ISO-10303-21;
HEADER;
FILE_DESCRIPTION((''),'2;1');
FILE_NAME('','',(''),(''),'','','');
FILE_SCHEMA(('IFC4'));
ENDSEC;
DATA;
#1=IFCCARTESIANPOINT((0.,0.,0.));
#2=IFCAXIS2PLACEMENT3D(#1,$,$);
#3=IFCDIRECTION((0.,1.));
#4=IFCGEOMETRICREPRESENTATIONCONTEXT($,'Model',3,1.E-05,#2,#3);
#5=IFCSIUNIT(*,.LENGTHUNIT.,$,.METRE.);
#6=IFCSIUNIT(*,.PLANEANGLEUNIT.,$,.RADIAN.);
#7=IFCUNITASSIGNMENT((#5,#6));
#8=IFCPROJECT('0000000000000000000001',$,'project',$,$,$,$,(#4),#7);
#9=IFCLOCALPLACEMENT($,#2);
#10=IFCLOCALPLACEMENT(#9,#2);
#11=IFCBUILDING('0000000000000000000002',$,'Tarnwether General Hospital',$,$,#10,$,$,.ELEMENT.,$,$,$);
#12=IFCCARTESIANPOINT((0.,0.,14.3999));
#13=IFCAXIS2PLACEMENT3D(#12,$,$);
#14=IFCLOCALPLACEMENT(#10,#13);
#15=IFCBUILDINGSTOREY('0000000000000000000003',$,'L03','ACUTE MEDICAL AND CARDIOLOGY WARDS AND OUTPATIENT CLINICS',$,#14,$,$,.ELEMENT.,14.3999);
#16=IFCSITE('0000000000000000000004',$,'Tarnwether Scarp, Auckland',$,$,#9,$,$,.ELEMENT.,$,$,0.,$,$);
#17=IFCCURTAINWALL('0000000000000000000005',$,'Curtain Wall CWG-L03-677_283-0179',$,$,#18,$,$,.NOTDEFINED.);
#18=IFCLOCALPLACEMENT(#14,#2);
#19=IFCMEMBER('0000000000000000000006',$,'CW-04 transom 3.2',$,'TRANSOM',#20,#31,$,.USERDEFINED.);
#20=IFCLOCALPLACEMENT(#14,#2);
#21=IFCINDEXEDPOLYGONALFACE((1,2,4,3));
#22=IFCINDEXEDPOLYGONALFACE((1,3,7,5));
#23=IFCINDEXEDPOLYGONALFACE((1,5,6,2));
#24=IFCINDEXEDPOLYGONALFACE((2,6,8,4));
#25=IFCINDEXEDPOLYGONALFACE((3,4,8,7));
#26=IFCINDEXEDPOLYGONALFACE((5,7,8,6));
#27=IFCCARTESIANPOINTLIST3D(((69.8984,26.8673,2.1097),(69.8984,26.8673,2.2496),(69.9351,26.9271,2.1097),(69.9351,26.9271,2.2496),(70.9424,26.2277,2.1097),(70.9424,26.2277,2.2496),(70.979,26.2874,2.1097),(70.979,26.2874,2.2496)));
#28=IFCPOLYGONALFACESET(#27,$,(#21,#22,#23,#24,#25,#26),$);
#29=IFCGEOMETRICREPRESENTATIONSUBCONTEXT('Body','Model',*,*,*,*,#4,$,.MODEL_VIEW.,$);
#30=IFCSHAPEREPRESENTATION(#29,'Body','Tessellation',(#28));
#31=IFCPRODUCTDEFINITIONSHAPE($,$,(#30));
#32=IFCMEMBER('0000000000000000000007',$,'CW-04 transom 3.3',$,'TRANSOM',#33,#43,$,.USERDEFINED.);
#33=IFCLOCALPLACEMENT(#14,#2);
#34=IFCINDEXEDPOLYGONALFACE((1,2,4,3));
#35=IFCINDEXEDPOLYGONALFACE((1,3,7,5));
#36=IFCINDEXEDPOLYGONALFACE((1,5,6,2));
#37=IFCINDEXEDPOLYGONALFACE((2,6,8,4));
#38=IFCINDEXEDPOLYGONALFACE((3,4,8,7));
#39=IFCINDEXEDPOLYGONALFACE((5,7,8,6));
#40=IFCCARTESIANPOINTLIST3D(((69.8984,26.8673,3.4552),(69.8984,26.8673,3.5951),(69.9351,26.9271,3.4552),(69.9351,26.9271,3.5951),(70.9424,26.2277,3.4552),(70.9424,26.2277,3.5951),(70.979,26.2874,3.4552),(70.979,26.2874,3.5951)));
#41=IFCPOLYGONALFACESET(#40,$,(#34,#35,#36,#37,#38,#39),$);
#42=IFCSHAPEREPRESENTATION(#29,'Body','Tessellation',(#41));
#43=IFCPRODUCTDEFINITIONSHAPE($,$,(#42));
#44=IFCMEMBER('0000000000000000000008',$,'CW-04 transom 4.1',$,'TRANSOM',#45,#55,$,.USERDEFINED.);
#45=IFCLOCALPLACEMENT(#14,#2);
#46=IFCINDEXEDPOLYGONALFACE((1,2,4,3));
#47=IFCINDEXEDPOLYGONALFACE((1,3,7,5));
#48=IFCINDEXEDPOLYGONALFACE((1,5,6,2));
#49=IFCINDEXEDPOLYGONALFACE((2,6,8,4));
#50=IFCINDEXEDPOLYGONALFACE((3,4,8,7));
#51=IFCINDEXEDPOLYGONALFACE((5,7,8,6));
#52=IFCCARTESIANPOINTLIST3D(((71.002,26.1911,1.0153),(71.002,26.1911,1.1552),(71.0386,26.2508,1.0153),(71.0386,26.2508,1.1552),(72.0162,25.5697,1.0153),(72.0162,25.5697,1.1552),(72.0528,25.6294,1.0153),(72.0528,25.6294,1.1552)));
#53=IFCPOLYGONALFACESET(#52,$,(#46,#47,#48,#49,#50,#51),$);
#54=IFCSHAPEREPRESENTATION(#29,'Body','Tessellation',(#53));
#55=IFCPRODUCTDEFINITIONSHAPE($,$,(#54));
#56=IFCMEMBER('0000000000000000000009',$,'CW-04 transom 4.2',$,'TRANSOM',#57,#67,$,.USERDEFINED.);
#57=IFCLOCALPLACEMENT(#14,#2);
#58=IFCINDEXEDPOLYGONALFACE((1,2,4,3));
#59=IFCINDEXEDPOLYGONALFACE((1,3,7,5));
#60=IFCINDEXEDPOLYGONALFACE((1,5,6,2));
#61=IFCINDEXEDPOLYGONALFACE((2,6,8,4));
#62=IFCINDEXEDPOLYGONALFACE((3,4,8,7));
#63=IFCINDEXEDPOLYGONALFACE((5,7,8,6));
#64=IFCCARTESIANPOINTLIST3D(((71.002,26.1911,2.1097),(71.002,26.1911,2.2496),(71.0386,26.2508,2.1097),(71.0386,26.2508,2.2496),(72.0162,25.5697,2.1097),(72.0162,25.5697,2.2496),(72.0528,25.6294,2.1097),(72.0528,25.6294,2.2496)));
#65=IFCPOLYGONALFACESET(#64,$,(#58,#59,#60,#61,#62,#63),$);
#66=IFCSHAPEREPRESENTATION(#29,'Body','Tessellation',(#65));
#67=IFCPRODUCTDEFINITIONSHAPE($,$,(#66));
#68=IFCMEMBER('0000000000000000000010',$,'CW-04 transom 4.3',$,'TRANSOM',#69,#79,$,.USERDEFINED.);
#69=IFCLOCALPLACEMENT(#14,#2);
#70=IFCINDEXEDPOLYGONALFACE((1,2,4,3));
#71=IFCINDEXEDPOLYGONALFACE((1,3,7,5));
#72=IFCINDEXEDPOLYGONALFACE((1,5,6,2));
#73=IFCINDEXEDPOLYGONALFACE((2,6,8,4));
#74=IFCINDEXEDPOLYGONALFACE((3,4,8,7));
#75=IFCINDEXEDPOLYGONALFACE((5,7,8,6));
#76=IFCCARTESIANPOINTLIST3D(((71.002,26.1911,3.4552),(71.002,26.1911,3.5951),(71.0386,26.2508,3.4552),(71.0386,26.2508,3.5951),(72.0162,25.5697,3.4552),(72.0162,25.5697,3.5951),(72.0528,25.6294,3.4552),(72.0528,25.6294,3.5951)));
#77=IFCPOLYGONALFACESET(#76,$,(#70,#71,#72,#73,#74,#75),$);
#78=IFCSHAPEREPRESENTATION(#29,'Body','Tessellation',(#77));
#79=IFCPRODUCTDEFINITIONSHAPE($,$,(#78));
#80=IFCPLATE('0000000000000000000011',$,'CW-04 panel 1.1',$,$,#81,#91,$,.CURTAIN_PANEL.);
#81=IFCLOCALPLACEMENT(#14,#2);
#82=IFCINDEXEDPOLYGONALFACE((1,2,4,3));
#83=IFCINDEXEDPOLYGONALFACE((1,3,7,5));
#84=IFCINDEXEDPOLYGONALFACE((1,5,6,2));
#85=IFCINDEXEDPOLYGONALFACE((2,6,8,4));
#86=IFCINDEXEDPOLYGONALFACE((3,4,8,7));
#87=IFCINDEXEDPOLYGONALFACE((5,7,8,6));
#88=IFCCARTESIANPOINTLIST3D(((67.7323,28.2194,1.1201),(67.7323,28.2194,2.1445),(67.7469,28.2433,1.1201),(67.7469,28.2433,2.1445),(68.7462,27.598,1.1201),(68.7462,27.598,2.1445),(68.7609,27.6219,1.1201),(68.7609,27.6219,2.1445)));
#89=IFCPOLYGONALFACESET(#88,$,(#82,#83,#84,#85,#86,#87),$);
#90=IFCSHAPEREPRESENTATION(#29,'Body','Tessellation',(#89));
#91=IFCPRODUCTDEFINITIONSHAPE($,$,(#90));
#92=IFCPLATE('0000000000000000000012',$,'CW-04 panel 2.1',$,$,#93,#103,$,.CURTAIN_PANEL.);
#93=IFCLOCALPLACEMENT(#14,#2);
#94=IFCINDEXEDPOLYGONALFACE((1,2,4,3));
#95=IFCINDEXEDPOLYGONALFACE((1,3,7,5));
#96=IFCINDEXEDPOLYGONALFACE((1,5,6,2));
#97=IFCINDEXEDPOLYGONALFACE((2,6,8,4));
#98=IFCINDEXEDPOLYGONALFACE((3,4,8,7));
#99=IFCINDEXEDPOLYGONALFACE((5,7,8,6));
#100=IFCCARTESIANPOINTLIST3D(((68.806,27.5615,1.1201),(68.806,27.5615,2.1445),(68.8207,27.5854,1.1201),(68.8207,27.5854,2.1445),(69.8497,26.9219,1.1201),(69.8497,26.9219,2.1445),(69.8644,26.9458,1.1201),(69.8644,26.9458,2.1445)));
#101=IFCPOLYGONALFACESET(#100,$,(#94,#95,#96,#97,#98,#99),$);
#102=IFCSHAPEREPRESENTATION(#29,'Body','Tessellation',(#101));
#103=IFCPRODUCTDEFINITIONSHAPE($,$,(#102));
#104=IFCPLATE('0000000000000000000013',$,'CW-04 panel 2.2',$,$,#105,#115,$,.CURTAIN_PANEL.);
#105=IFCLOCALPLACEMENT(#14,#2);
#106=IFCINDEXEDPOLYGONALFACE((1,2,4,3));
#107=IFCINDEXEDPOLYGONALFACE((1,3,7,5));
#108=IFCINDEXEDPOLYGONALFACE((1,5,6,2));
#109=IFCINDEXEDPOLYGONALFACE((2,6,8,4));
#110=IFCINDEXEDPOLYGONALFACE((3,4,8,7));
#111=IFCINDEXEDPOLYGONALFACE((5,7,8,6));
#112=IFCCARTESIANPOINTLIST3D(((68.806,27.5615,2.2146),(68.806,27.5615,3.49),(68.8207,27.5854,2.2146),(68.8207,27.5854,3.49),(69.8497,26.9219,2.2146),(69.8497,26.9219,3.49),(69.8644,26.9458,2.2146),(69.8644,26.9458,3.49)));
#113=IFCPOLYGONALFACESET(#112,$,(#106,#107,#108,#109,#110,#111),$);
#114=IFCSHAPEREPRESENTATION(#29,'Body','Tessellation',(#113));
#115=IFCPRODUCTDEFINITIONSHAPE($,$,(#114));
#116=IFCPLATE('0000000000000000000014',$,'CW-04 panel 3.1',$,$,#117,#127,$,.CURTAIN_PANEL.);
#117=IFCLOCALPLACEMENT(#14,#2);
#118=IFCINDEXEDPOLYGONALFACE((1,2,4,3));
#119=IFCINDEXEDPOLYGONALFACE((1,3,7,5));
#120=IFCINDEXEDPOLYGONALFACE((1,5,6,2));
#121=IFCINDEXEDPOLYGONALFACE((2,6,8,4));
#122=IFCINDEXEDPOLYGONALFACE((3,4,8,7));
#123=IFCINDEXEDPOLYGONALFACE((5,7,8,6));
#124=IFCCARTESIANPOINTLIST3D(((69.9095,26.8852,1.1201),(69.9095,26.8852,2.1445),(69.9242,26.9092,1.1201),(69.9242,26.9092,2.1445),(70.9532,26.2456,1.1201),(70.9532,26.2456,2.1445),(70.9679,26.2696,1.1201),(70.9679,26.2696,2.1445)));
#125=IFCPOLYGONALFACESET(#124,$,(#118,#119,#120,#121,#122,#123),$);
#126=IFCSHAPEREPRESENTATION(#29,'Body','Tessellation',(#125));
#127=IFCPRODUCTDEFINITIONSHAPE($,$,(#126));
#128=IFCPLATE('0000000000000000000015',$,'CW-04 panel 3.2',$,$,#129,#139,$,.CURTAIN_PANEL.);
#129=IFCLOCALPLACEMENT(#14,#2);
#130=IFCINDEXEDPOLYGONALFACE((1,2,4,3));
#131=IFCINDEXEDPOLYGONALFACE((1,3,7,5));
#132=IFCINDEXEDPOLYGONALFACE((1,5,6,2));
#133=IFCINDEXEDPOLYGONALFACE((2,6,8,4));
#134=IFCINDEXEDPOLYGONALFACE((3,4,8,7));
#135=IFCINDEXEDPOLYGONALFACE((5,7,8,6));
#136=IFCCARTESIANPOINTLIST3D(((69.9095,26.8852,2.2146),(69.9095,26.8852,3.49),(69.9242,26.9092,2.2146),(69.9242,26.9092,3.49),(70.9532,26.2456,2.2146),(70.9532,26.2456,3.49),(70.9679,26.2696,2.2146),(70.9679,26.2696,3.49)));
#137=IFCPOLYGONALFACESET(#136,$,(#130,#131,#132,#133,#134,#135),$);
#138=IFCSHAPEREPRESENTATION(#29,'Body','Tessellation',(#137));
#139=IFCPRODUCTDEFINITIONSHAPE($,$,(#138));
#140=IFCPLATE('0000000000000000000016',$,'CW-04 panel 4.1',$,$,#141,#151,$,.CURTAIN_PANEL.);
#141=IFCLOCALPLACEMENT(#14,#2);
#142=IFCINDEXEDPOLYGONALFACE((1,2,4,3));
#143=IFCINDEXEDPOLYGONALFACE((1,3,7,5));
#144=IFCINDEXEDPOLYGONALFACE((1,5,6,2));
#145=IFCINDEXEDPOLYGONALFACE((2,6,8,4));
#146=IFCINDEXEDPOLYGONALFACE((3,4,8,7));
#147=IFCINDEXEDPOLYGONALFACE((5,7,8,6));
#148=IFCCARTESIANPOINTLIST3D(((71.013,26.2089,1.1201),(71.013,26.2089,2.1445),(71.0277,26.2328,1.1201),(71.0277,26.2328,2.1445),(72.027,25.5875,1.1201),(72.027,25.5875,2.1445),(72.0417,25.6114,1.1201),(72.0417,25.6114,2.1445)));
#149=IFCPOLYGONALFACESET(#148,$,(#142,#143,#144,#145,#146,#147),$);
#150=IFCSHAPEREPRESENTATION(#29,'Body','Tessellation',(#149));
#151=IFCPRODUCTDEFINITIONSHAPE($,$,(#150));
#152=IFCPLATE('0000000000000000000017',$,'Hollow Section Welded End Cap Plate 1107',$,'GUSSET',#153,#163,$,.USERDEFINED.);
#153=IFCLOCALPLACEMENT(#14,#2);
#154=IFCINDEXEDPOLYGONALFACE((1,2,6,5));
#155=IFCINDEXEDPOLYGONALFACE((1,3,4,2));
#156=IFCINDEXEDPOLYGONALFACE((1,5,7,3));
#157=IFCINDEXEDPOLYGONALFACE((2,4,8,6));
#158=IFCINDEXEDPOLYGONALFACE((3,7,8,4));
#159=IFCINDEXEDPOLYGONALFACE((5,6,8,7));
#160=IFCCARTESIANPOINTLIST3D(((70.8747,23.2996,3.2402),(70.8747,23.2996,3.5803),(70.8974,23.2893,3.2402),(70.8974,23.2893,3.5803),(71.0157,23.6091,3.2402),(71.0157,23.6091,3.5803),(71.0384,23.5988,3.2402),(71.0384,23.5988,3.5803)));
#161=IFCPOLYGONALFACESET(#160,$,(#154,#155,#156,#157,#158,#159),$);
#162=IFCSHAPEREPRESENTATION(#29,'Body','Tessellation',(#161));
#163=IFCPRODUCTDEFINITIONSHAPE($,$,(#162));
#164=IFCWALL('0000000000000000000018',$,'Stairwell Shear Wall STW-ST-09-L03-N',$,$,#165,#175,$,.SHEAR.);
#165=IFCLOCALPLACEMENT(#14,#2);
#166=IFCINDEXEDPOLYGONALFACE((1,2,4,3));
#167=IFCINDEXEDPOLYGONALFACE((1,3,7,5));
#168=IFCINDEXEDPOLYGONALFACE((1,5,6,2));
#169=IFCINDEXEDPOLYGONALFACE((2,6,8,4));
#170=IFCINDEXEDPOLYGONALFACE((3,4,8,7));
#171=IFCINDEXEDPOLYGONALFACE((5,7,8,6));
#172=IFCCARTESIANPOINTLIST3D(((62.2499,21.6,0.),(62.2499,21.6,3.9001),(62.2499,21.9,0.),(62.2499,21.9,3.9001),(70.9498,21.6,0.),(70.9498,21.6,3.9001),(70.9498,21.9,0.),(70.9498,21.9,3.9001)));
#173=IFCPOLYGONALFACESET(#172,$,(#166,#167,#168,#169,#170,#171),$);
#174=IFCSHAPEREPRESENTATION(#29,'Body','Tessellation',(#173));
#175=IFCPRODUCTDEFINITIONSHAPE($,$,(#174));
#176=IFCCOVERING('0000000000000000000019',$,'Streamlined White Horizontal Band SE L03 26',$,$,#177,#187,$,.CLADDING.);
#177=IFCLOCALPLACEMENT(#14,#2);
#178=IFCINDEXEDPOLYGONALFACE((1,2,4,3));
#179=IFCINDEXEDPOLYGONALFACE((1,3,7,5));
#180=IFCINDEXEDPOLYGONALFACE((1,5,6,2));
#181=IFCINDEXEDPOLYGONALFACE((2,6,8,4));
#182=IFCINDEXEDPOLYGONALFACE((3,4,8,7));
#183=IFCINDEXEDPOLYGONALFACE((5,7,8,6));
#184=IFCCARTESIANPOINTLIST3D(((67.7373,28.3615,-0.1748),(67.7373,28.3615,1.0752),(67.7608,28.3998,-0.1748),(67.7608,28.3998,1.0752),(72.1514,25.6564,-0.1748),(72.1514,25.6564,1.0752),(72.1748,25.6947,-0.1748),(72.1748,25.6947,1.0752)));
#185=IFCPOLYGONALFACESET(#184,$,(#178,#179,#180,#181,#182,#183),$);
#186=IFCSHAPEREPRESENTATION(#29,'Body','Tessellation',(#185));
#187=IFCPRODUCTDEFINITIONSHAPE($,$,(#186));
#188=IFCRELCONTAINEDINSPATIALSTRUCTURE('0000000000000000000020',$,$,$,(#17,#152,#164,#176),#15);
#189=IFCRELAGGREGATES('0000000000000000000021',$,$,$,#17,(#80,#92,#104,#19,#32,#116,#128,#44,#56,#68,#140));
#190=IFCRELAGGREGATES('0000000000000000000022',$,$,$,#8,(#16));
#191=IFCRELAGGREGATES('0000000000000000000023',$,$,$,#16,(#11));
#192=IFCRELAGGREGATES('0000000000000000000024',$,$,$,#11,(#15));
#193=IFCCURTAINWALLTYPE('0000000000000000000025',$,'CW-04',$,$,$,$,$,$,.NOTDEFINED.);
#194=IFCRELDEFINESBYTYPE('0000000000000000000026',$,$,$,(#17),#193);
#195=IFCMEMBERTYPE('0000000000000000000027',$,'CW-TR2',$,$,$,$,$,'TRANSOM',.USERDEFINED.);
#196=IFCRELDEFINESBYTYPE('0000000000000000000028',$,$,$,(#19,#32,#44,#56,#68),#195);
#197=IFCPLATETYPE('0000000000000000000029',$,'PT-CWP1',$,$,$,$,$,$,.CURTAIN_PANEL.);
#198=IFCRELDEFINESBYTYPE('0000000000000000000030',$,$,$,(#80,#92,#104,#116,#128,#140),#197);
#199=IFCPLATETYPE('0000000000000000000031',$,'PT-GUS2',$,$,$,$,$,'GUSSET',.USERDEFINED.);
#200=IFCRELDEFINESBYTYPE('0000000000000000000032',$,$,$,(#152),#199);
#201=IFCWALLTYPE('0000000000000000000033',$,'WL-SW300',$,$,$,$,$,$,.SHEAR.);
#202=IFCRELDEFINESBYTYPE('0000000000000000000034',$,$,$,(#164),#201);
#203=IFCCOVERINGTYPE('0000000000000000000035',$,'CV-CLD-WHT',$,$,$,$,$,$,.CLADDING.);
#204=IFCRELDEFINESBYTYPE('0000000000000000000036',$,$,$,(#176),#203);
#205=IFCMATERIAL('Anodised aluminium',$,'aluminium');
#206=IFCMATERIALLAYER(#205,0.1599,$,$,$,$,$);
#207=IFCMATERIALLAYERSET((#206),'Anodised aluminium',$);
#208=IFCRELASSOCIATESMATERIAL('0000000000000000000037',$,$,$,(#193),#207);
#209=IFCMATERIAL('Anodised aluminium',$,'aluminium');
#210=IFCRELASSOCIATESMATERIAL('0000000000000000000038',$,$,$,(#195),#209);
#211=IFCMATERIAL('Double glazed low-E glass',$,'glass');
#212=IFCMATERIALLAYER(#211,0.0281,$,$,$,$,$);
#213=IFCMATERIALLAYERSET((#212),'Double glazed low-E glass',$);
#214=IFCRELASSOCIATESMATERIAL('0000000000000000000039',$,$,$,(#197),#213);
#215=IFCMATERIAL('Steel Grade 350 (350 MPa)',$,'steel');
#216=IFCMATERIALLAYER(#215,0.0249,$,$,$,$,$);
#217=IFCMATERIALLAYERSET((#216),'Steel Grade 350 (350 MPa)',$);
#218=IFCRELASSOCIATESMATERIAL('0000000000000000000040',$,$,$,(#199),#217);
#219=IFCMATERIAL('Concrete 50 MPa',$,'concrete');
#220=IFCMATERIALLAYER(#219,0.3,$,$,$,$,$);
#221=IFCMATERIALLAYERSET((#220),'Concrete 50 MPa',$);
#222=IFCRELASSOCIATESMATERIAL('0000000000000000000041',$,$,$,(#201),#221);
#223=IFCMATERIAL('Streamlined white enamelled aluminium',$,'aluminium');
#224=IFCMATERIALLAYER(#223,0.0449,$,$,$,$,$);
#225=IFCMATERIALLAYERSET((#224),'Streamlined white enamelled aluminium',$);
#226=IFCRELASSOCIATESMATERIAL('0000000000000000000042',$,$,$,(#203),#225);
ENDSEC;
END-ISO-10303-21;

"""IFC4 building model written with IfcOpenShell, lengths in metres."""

from ifc_helpers import new_model, si_unit, direction, frame, frame_2d, origin, origin_2d, place, context, subcontext, project, spatial, rectangle, extrude, material, layer, layer_set, material_profile, profile_set, type_object, element, aggregate, save


model = new_model("IFC4")

# Units and contexts
model_context = context("Model", 3, precision=1e-05, world=origin(), true_north=direction((0.0, 1.0)))
body_context = subcontext(model_context, "Body", "Model", "MODEL_VIEW")
ifc_project = project(units=[si_unit("LENGTHUNIT", "METRE"), si_unit("PLANEANGLEUNIT", "RADIAN")], contexts=[model_context])

# Site, building, storey
site_placement = place(None, origin())
site = spatial("IfcSite", under=ifc_project, at=site_placement, Name="Tarnwether Scarp, Auckland", CompositionType="ELEMENT", RefElevation=0.0)
building_placement = place(site_placement, origin())
building = spatial("IfcBuilding", under=site, at=building_placement, Name="Tarnwether General Hospital", CompositionType="ELEMENT")
storey_placement = place(building_placement, frame((0.0, 0.0, 14.3999)))
storey = spatial("IfcBuildingStorey", under=building, at=storey_placement, Name="L03", Description="ACUTE MEDICAL AND CARDIOLOGY WARDS AND OUTPATIENT CLINICS", CompositionType="ELEMENT", Elevation=14.3999)

# Curtain wall, members, plates
ifc_material_1 = material(Name="Anodised aluminium", Category="aluminium")
ifc_layer_1 = layer(ifc_material_1, 0.1599)
ifc_layer_set_1 = layer_set([ifc_layer_1], Name="Anodised aluminium")
curtain_wall_type = type_object("IfcCurtainWallType", Name="CW-04", PredefinedType="NOTDEFINED", material=ifc_layer_set_1)
curtain_wall_placement = place(storey_placement, origin())
curtain_wall = element("IfcCurtainWall", 1, at=curtain_wall_placement, inside=storey, type_object=curtain_wall_type, Name="Curtain Wall CWG-L03-677_283-0179", PredefinedType="NOTDEFINED")
ifc_material_2 = material(Name="Anodised aluminium", Category="aluminium")
ifc_material_profile_1 = material_profile(ifc_material_2, rectangle(XDim=0.0701, YDim=0.1399, at=origin_2d()), Name="ALU-TRN-70x140")
ifc_profile_set_1 = profile_set([ifc_material_profile_1], Name="Anodised aluminium")
member_type_1 = type_object("IfcMemberType", Name="CW-TR2", ElementType="TRANSOM", PredefinedType="USERDEFINED", material=ifc_profile_set_1)
member_1_placement = place(storey_placement, frame((69.9167, 26.8972, 2.1797), z_axis=(0.85267, -0.52245, 0.0), x_axis=(0.52245, 0.85267, 0.0)))
member_1 = element("IfcMember", 2, at=member_1_placement, type_object=member_type_1, Name="CW-04 transom 3.2", ObjectType="TRANSOM", PredefinedType="USERDEFINED", context=body_context, shape_type="SweptSolid", body=[
    extrude(rectangle(XDim=0.0701, YDim=0.1399, at=origin_2d()), origin(), (0.0, 0.0, 1.0), 1.2244),
])
member_2_placement = place(storey_placement, frame((69.9167, 26.8972, 3.5251), z_axis=(0.85267, -0.52245, 0.0), x_axis=(0.52245, 0.85267, 0.0)))
member_2 = element("IfcMember", 3, at=member_2_placement, type_object=member_type_1, Name="CW-04 transom 3.3", ObjectType="TRANSOM", PredefinedType="USERDEFINED", context=body_context, shape_type="SweptSolid", body=[
    extrude(rectangle(XDim=0.0701, YDim=0.1399, at=origin_2d()), origin(), (0.0, 0.0, 1.0), 1.2244),
])
member_3_placement = place(storey_placement, frame((71.0203, 26.2209, 1.0852), z_axis=(0.852693, -0.522413, 0.0), x_axis=(0.522413, 0.852693, 0.0)))
member_3 = element("IfcMember", 4, at=member_3_placement, type_object=member_type_1, Name="CW-04 transom 4.1", ObjectType="TRANSOM", PredefinedType="USERDEFINED", context=body_context, shape_type="SweptSolid", body=[
    extrude(rectangle(XDim=0.0701, YDim=0.1399, at=origin_2d()), origin(), (0.0, 0.0, 1.0), 1.1895),
])
member_4_placement = place(storey_placement, frame((71.0203, 26.2209, 2.1797), z_axis=(0.852693, -0.522413, 0.0), x_axis=(0.522413, 0.852693, 0.0)))
member_4 = element("IfcMember", 5, at=member_4_placement, type_object=member_type_1, Name="CW-04 transom 4.2", ObjectType="TRANSOM", PredefinedType="USERDEFINED", context=body_context, shape_type="SweptSolid", body=[
    extrude(rectangle(XDim=0.0701, YDim=0.1399, at=origin_2d()), origin(), (0.0, 0.0, 1.0), 1.1895),
])
member_5_placement = place(storey_placement, frame((71.0203, 26.2209, 3.5251), z_axis=(0.852693, -0.522413, 0.0), x_axis=(0.522413, 0.852693, 0.0)))
member_5 = element("IfcMember", 6, at=member_5_placement, type_object=member_type_1, Name="CW-04 transom 4.3", ObjectType="TRANSOM", PredefinedType="USERDEFINED", context=body_context, shape_type="SweptSolid", body=[
    extrude(rectangle(XDim=0.0701, YDim=0.1399, at=origin_2d()), origin(), (0.0, 0.0, 1.0), 1.1895),
])
ifc_material_3 = material(Name="Double glazed low-E glass", Category="glass")
ifc_layer_2 = layer(ifc_material_3, 0.0281)
ifc_layer_set_2 = layer_set([ifc_layer_2], Name="Double glazed low-E glass")
plate_type_1 = type_object("IfcPlateType", Name="PT-CWP1", PredefinedType="CURTAIN_PANEL", material=ifc_layer_set_2)
plate_1_placement = place(storey_placement, frame((68.2466, 27.9207, 1.1201), z_axis=(0.0, 0.0, 1.0), x_axis=(0.852632, -0.522512, 0.0)))
plate_1 = element("IfcPlate", 7, at=plate_1_placement, type_object=plate_type_1, Name="CW-04 panel 1.1", PredefinedType="CURTAIN_PANEL", context=body_context, shape_type="SweptSolid", body=[
    extrude(rectangle(XDim=1.1892, YDim=0.0281, at=origin_2d()), origin(), (0.0, 0.0, 1.0), 1.0244),
])
plate_2_placement = place(storey_placement, frame((69.3352, 27.2537, 1.1201), z_axis=(0.0, 0.0, 1.0), x_axis=(0.852632, -0.522512, 0.0)))
plate_2 = element("IfcPlate", 8, at=plate_2_placement, type_object=plate_type_1, Name="CW-04 panel 2.1", PredefinedType="CURTAIN_PANEL", context=body_context, shape_type="SweptSolid", body=[
    extrude(rectangle(XDim=1.2241, YDim=0.0281, at=origin_2d()), origin(), (0.0, 0.0, 1.0), 1.0244),
])
plate_3_placement = place(storey_placement, frame((69.3352, 27.2537, 2.2146), z_axis=(0.0, 0.0, 1.0), x_axis=(0.852632, -0.522512, 0.0)))
plate_3 = element("IfcPlate", 9, at=plate_3_placement, type_object=plate_type_1, Name="CW-04 panel 2.2", PredefinedType="CURTAIN_PANEL", context=body_context, shape_type="SweptSolid", body=[
    extrude(rectangle(XDim=1.2241, YDim=0.0281, at=origin_2d()), origin(), (0.0, 0.0, 1.0), 1.2754),
])
plate_4_placement = place(storey_placement, frame((70.4387, 26.5774, 1.1201), z_axis=(0.0, 0.0, 1.0), x_axis=(0.852632, -0.522512, 0.0)))
plate_4 = element("IfcPlate", 10, at=plate_4_placement, type_object=plate_type_1, Name="CW-04 panel 3.1", PredefinedType="CURTAIN_PANEL", context=body_context, shape_type="SweptSolid", body=[
    extrude(rectangle(XDim=1.2241, YDim=0.0281, at=origin_2d()), origin(), (0.0, 0.0, 1.0), 1.0244),
])
plate_5_placement = place(storey_placement, frame((70.4387, 26.5774, 2.2146), z_axis=(0.0, 0.0, 1.0), x_axis=(0.852632, -0.522512, 0.0)))
plate_5 = element("IfcPlate", 11, at=plate_5_placement, type_object=plate_type_1, Name="CW-04 panel 3.2", PredefinedType="CURTAIN_PANEL", context=body_context, shape_type="SweptSolid", body=[
    extrude(rectangle(XDim=1.2241, YDim=0.0281, at=origin_2d()), origin(), (0.0, 0.0, 1.0), 1.2754),
])
plate_6_placement = place(storey_placement, frame((71.5273, 25.9102, 1.1201), z_axis=(0.0, 0.0, 1.0), x_axis=(0.852632, -0.522512, 0.0)))
plate_6 = element("IfcPlate", 12, at=plate_6_placement, type_object=plate_type_1, Name="CW-04 panel 4.1", PredefinedType="CURTAIN_PANEL", context=body_context, shape_type="SweptSolid", body=[
    extrude(rectangle(XDim=1.1892, YDim=0.0281, at=origin_2d()), origin(), (0.0, 0.0, 1.0), 1.0244),
])
aggregate(curtain_wall, [plate_1, plate_2, plate_3, member_1, member_2, plate_4, plate_5, member_3, member_4, member_5, plate_6])

# Plate
ifc_material_4 = material(Name="Steel Grade 350 (350 MPa)", Category="steel")
ifc_layer_3 = layer(ifc_material_4, 0.0249)
ifc_layer_set_3 = layer_set([ifc_layer_3], Name="Steel Grade 350 (350 MPa)")
plate_type_2 = type_object("IfcPlateType", Name="PT-GUS2", ElementType="GUSSET", PredefinedType="USERDEFINED", material=ifc_layer_set_3)
plate_7_placement = place(storey_placement, frame((70.9565, 23.4492, 3.2402), z_axis=(0.0, 0.0, 1.0), x_axis=(0.909969, -0.414677, 0.0)))
element("IfcPlate", 13, at=plate_7_placement, inside=storey, type_object=plate_type_2, Name="Hollow Section Welded End Cap Plate 1107", ObjectType="GUSSET", PredefinedType="USERDEFINED", context=body_context, shape_type="SweptSolid", body=[
    extrude(rectangle(XDim=0.0249, YDim=0.3401, at=origin_2d()), origin(), (0.0, 0.0, 1.0), 0.3401),
])

# Wall
ifc_material_5 = material(Name="Concrete 50 MPa", Category="concrete")
ifc_layer_4 = layer(ifc_material_5, 0.3)
ifc_layer_set_4 = layer_set([ifc_layer_4], Name="Concrete 50 MPa")
wall_type = type_object("IfcWallType", Name="WL-SW300", PredefinedType="SHEAR", material=ifc_layer_set_4)
wall_placement = place(storey_placement, frame((70.95, 21.75, 0.0), z_axis=(0.0, 0.0, 1.0), x_axis=(-1.0, 0.0, 0.0)))
element("IfcWall", 14, at=wall_placement, inside=storey, type_object=wall_type, Name="Stairwell Shear Wall STW-ST-09-L03-N", PredefinedType="SHEAR", context=body_context, shape_type="SweptSolid", body=[
    extrude(rectangle(XDim=8.7, YDim=0.3, at=frame_2d((4.3501, 0.0))), origin(), (0.0, 0.0, 1.0), 3.9001),
])

# Covering
ifc_material_6 = material(Name="Streamlined white enamelled aluminium", Category="aluminium")
ifc_layer_5 = layer(ifc_material_6, 0.0449)
ifc_layer_set_5 = layer_set([ifc_layer_5], Name="Streamlined white enamelled aluminium")
covering_type = type_object("IfcCoveringType", Name="CV-CLD-WHT", PredefinedType="CLADDING", material=ifc_layer_set_5)
covering_placement = place(storey_placement, frame((69.9561, 27.0281, -0.1748), z_axis=(0.0, 0.0, 1.0), x_axis=(0.852631, -0.522513, 0.0)))
element("IfcCovering", 15, at=covering_placement, inside=storey, type_object=covering_type, Name="Streamlined White Horizontal Band SE L03 26", PredefinedType="CLADDING", context=body_context, shape_type="SweptSolid", body=[
    extrude(rectangle(XDim=5.177, YDim=0.0449, at=origin_2d()), origin(), (0.0, 0.0, 1.0), 1.25),
])

save(model, "model.ifc")
